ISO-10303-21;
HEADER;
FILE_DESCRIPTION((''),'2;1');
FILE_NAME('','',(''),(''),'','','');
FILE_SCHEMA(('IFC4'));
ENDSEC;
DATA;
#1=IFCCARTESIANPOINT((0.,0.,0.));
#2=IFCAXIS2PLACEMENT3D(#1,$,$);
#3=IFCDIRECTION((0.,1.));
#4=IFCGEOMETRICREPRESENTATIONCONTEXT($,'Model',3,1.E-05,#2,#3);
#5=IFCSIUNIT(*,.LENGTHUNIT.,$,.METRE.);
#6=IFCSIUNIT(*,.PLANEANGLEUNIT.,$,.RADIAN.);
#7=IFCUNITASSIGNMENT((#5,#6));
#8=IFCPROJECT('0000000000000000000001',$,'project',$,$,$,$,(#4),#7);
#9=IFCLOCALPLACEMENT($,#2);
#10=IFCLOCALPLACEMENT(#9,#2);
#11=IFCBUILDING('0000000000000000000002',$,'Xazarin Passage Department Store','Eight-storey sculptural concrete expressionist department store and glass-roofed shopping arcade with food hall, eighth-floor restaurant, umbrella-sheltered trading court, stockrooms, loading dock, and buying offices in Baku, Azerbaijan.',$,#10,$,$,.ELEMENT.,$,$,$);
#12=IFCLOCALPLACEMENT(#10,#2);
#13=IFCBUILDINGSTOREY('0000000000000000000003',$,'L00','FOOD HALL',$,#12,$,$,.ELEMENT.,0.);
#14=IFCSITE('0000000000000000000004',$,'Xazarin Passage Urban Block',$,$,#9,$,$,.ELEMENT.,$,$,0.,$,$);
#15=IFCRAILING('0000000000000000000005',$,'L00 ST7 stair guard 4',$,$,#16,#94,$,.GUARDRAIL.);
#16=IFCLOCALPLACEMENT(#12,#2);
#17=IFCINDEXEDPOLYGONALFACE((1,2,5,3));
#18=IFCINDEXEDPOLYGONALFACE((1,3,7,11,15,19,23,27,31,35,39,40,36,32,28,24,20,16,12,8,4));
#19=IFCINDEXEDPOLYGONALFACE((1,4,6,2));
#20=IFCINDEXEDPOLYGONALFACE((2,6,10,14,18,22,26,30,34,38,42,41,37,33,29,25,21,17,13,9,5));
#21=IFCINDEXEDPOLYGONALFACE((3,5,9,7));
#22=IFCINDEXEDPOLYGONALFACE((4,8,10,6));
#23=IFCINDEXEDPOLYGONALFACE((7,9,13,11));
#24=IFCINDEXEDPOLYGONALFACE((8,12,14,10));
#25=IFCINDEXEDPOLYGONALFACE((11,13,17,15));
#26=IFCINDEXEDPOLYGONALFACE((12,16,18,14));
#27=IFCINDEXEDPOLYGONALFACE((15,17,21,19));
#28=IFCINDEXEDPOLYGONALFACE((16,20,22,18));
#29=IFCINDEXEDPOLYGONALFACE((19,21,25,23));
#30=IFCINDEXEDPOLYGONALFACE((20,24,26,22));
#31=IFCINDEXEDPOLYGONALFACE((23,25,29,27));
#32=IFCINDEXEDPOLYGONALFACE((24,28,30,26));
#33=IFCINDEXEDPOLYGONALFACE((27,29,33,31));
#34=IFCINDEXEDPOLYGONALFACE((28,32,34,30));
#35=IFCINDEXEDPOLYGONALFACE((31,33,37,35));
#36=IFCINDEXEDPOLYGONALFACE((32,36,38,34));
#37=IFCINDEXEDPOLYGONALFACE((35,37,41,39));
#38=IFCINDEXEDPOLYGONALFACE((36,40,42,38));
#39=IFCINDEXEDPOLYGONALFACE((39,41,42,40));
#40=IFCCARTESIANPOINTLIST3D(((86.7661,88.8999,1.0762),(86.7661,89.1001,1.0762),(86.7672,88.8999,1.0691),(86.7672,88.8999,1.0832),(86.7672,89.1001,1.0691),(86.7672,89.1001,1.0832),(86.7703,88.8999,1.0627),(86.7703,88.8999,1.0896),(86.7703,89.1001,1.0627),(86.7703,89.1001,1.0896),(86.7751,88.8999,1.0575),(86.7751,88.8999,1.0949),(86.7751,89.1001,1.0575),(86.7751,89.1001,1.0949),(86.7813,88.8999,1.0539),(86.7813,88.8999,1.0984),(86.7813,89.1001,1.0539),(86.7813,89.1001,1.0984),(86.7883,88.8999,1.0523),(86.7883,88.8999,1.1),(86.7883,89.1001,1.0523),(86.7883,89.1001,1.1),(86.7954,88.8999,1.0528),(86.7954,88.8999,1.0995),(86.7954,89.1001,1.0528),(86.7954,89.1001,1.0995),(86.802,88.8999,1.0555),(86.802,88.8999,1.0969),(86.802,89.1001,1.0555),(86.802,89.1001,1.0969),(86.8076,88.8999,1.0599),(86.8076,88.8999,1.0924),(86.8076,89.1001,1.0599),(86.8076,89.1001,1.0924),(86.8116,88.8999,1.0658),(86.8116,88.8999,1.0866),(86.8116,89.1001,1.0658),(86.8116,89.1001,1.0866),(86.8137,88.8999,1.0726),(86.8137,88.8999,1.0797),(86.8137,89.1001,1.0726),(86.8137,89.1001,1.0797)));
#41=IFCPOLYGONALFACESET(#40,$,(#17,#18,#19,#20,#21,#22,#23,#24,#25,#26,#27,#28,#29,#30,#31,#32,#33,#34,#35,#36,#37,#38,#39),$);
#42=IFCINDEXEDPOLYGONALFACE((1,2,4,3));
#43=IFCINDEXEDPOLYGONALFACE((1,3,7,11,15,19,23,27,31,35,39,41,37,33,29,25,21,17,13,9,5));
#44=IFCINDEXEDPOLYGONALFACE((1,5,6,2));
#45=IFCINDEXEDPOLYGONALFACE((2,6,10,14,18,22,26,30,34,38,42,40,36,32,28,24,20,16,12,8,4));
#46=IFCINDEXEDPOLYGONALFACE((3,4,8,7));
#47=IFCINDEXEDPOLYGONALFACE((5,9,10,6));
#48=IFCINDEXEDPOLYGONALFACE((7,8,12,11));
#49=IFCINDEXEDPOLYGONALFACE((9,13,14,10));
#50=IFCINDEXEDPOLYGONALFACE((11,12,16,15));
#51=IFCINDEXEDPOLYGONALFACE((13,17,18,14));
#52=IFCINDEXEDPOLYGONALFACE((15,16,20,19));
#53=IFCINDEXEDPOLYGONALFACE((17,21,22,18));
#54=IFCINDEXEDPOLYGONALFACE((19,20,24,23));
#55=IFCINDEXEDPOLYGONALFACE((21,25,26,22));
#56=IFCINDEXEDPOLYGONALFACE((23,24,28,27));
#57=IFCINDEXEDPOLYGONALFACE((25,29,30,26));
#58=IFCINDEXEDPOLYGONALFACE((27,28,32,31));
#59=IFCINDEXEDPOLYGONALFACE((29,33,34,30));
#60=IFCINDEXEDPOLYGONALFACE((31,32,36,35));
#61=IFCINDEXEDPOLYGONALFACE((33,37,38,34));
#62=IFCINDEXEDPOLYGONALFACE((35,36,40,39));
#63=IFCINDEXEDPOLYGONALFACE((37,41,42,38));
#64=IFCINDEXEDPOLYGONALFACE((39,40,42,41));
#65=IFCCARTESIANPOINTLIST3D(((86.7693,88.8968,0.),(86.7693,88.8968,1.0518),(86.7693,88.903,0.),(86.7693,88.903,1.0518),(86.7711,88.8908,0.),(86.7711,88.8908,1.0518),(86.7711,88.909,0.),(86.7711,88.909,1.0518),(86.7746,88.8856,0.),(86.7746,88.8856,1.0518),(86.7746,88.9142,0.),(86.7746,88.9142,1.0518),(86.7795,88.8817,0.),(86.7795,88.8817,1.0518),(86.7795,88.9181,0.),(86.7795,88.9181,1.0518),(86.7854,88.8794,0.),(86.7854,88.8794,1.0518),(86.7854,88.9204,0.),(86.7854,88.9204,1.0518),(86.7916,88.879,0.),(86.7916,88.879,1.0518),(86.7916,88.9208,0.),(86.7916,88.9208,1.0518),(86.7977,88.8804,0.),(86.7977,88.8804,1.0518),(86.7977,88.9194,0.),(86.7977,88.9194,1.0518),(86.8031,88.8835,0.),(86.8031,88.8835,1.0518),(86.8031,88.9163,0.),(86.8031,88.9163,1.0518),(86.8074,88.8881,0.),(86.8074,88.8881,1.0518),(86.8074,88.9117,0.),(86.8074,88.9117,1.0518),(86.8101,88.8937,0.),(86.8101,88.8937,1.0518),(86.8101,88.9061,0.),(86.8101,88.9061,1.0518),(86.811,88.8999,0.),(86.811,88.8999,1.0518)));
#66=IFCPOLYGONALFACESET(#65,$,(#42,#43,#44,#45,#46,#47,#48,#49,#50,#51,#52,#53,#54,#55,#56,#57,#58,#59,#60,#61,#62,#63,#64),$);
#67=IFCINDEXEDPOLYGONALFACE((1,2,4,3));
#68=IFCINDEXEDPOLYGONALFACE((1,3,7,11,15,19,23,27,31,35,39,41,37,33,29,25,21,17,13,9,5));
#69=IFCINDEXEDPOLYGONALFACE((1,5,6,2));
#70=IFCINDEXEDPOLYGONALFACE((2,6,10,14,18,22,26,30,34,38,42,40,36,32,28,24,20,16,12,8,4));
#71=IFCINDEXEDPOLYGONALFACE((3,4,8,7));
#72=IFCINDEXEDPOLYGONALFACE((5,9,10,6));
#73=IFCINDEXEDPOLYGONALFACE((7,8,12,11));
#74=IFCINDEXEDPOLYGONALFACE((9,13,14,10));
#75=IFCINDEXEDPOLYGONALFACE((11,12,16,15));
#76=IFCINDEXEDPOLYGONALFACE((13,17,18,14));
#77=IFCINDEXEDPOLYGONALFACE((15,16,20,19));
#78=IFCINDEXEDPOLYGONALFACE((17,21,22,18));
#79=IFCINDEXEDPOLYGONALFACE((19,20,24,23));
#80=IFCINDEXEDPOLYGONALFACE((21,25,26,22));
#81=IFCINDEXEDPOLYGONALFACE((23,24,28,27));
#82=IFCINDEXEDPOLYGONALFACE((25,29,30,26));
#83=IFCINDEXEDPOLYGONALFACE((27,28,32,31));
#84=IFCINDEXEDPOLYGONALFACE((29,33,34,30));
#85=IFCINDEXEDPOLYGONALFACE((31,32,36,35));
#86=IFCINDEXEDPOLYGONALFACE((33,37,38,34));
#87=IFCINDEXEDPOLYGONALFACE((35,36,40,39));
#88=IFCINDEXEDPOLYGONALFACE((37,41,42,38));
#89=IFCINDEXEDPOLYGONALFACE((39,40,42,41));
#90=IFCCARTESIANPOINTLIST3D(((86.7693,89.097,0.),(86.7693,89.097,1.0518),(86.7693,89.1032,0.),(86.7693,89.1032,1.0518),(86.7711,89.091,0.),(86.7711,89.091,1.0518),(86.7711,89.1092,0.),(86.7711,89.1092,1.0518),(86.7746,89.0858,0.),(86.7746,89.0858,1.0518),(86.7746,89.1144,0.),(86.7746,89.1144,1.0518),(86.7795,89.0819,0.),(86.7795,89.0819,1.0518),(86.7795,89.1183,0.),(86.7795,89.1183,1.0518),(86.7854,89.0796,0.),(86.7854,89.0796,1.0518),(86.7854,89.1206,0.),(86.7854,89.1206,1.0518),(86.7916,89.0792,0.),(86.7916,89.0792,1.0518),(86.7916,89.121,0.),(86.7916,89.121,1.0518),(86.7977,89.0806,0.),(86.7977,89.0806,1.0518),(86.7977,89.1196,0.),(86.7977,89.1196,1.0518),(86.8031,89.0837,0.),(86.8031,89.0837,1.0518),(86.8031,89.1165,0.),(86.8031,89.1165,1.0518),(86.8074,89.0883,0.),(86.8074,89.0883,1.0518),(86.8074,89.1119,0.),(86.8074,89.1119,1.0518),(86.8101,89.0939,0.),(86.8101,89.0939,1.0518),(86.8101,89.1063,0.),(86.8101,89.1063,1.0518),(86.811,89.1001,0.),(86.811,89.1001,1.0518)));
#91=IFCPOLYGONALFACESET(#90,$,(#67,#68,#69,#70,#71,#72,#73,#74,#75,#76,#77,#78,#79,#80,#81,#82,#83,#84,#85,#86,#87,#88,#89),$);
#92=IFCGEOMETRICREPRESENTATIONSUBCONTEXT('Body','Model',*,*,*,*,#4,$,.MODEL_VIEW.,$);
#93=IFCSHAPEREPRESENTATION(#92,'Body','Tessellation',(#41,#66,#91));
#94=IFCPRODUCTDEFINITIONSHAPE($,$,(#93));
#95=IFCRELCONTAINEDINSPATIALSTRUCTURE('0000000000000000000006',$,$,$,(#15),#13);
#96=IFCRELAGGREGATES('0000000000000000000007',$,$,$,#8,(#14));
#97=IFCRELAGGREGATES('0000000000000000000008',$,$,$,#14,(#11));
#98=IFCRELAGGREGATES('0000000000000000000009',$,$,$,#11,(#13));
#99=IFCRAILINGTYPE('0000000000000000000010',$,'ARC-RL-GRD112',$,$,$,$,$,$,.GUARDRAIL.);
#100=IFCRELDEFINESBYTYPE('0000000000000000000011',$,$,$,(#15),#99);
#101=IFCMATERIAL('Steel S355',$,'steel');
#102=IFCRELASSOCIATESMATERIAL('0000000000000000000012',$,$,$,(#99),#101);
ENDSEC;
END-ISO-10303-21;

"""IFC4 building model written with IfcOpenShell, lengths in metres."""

from ifc_helpers import new_model, si_unit, direction, frame, origin, origin_2d, place, context, subcontext, project, spatial, circle, extrude, material, type_object, element, save


model = new_model("IFC4")

# Units and contexts
model_context = context("Model", 3, precision=1e-05, world=origin(), true_north=direction((0.0, 1.0)))
body_context = subcontext(model_context, "Body", "Model", "MODEL_VIEW")
ifc_project = project(units=[si_unit("LENGTHUNIT", "METRE"), si_unit("PLANEANGLEUNIT", "RADIAN")], contexts=[model_context])

# Site, building, storey
site_placement = place(None, origin())
site = spatial("IfcSite", under=ifc_project, at=site_placement, Name="Xazarin Passage Urban Block", CompositionType="ELEMENT", RefElevation=0.0)
building_placement = place(site_placement, origin())
building = spatial("IfcBuilding", under=site, at=building_placement, Name="Xazarin Passage Department Store", Description="Eight-storey sculptural concrete expressionist department store and glass-roofed shopping arcade with food hall, eighth-floor restaurant, umbrella-sheltered trading court, stockrooms, loading dock, and buying offices in Baku, Azerbaijan.", CompositionType="ELEMENT")
storey_placement = place(building_placement, origin())
storey = spatial("IfcBuildingStorey", under=building, at=storey_placement, Name="L00", Description="FOOD HALL", CompositionType="ELEMENT", Elevation=0.0)

# Shared definitions
ifc_material_1 = material(Name="Steel S355", Category="steel")

# Railing
railing_type_1 = type_object("IfcRailingType", Name="ARC-RL-GRD112", PredefinedType="GUARDRAIL", material=ifc_material_1)
railing_1_placement = place(storey_placement, frame((86.79, 88.8999, 0.0)))
element("IfcRailing", 1, at=railing_1_placement, inside=storey, type_object=railing_type_1, Name="L00 ST7 stair guard 4", PredefinedType="GUARDRAIL", context=body_context, shape_type="SweptSolid", body=[
    extrude(circle(Radius=0.0239, at=origin_2d()), frame((0.0, 0.0, 1.0762), z_axis=(0.0, 1.0, 0.0), x_axis=(-1.0, 0.0, 0.0)), (0.0, 0.0, 1.0), 0.2002),
    extrude(circle(Radius=0.021, at=origin_2d()), origin(), (0.0, 0.0, 1.0), 1.0518),
    extrude(circle(Radius=0.021, at=origin_2d()), frame((0.0, 0.2002, 0.0)), (0.0, 0.0, 1.0), 1.0518),
])

save(model, "model.ifc")
